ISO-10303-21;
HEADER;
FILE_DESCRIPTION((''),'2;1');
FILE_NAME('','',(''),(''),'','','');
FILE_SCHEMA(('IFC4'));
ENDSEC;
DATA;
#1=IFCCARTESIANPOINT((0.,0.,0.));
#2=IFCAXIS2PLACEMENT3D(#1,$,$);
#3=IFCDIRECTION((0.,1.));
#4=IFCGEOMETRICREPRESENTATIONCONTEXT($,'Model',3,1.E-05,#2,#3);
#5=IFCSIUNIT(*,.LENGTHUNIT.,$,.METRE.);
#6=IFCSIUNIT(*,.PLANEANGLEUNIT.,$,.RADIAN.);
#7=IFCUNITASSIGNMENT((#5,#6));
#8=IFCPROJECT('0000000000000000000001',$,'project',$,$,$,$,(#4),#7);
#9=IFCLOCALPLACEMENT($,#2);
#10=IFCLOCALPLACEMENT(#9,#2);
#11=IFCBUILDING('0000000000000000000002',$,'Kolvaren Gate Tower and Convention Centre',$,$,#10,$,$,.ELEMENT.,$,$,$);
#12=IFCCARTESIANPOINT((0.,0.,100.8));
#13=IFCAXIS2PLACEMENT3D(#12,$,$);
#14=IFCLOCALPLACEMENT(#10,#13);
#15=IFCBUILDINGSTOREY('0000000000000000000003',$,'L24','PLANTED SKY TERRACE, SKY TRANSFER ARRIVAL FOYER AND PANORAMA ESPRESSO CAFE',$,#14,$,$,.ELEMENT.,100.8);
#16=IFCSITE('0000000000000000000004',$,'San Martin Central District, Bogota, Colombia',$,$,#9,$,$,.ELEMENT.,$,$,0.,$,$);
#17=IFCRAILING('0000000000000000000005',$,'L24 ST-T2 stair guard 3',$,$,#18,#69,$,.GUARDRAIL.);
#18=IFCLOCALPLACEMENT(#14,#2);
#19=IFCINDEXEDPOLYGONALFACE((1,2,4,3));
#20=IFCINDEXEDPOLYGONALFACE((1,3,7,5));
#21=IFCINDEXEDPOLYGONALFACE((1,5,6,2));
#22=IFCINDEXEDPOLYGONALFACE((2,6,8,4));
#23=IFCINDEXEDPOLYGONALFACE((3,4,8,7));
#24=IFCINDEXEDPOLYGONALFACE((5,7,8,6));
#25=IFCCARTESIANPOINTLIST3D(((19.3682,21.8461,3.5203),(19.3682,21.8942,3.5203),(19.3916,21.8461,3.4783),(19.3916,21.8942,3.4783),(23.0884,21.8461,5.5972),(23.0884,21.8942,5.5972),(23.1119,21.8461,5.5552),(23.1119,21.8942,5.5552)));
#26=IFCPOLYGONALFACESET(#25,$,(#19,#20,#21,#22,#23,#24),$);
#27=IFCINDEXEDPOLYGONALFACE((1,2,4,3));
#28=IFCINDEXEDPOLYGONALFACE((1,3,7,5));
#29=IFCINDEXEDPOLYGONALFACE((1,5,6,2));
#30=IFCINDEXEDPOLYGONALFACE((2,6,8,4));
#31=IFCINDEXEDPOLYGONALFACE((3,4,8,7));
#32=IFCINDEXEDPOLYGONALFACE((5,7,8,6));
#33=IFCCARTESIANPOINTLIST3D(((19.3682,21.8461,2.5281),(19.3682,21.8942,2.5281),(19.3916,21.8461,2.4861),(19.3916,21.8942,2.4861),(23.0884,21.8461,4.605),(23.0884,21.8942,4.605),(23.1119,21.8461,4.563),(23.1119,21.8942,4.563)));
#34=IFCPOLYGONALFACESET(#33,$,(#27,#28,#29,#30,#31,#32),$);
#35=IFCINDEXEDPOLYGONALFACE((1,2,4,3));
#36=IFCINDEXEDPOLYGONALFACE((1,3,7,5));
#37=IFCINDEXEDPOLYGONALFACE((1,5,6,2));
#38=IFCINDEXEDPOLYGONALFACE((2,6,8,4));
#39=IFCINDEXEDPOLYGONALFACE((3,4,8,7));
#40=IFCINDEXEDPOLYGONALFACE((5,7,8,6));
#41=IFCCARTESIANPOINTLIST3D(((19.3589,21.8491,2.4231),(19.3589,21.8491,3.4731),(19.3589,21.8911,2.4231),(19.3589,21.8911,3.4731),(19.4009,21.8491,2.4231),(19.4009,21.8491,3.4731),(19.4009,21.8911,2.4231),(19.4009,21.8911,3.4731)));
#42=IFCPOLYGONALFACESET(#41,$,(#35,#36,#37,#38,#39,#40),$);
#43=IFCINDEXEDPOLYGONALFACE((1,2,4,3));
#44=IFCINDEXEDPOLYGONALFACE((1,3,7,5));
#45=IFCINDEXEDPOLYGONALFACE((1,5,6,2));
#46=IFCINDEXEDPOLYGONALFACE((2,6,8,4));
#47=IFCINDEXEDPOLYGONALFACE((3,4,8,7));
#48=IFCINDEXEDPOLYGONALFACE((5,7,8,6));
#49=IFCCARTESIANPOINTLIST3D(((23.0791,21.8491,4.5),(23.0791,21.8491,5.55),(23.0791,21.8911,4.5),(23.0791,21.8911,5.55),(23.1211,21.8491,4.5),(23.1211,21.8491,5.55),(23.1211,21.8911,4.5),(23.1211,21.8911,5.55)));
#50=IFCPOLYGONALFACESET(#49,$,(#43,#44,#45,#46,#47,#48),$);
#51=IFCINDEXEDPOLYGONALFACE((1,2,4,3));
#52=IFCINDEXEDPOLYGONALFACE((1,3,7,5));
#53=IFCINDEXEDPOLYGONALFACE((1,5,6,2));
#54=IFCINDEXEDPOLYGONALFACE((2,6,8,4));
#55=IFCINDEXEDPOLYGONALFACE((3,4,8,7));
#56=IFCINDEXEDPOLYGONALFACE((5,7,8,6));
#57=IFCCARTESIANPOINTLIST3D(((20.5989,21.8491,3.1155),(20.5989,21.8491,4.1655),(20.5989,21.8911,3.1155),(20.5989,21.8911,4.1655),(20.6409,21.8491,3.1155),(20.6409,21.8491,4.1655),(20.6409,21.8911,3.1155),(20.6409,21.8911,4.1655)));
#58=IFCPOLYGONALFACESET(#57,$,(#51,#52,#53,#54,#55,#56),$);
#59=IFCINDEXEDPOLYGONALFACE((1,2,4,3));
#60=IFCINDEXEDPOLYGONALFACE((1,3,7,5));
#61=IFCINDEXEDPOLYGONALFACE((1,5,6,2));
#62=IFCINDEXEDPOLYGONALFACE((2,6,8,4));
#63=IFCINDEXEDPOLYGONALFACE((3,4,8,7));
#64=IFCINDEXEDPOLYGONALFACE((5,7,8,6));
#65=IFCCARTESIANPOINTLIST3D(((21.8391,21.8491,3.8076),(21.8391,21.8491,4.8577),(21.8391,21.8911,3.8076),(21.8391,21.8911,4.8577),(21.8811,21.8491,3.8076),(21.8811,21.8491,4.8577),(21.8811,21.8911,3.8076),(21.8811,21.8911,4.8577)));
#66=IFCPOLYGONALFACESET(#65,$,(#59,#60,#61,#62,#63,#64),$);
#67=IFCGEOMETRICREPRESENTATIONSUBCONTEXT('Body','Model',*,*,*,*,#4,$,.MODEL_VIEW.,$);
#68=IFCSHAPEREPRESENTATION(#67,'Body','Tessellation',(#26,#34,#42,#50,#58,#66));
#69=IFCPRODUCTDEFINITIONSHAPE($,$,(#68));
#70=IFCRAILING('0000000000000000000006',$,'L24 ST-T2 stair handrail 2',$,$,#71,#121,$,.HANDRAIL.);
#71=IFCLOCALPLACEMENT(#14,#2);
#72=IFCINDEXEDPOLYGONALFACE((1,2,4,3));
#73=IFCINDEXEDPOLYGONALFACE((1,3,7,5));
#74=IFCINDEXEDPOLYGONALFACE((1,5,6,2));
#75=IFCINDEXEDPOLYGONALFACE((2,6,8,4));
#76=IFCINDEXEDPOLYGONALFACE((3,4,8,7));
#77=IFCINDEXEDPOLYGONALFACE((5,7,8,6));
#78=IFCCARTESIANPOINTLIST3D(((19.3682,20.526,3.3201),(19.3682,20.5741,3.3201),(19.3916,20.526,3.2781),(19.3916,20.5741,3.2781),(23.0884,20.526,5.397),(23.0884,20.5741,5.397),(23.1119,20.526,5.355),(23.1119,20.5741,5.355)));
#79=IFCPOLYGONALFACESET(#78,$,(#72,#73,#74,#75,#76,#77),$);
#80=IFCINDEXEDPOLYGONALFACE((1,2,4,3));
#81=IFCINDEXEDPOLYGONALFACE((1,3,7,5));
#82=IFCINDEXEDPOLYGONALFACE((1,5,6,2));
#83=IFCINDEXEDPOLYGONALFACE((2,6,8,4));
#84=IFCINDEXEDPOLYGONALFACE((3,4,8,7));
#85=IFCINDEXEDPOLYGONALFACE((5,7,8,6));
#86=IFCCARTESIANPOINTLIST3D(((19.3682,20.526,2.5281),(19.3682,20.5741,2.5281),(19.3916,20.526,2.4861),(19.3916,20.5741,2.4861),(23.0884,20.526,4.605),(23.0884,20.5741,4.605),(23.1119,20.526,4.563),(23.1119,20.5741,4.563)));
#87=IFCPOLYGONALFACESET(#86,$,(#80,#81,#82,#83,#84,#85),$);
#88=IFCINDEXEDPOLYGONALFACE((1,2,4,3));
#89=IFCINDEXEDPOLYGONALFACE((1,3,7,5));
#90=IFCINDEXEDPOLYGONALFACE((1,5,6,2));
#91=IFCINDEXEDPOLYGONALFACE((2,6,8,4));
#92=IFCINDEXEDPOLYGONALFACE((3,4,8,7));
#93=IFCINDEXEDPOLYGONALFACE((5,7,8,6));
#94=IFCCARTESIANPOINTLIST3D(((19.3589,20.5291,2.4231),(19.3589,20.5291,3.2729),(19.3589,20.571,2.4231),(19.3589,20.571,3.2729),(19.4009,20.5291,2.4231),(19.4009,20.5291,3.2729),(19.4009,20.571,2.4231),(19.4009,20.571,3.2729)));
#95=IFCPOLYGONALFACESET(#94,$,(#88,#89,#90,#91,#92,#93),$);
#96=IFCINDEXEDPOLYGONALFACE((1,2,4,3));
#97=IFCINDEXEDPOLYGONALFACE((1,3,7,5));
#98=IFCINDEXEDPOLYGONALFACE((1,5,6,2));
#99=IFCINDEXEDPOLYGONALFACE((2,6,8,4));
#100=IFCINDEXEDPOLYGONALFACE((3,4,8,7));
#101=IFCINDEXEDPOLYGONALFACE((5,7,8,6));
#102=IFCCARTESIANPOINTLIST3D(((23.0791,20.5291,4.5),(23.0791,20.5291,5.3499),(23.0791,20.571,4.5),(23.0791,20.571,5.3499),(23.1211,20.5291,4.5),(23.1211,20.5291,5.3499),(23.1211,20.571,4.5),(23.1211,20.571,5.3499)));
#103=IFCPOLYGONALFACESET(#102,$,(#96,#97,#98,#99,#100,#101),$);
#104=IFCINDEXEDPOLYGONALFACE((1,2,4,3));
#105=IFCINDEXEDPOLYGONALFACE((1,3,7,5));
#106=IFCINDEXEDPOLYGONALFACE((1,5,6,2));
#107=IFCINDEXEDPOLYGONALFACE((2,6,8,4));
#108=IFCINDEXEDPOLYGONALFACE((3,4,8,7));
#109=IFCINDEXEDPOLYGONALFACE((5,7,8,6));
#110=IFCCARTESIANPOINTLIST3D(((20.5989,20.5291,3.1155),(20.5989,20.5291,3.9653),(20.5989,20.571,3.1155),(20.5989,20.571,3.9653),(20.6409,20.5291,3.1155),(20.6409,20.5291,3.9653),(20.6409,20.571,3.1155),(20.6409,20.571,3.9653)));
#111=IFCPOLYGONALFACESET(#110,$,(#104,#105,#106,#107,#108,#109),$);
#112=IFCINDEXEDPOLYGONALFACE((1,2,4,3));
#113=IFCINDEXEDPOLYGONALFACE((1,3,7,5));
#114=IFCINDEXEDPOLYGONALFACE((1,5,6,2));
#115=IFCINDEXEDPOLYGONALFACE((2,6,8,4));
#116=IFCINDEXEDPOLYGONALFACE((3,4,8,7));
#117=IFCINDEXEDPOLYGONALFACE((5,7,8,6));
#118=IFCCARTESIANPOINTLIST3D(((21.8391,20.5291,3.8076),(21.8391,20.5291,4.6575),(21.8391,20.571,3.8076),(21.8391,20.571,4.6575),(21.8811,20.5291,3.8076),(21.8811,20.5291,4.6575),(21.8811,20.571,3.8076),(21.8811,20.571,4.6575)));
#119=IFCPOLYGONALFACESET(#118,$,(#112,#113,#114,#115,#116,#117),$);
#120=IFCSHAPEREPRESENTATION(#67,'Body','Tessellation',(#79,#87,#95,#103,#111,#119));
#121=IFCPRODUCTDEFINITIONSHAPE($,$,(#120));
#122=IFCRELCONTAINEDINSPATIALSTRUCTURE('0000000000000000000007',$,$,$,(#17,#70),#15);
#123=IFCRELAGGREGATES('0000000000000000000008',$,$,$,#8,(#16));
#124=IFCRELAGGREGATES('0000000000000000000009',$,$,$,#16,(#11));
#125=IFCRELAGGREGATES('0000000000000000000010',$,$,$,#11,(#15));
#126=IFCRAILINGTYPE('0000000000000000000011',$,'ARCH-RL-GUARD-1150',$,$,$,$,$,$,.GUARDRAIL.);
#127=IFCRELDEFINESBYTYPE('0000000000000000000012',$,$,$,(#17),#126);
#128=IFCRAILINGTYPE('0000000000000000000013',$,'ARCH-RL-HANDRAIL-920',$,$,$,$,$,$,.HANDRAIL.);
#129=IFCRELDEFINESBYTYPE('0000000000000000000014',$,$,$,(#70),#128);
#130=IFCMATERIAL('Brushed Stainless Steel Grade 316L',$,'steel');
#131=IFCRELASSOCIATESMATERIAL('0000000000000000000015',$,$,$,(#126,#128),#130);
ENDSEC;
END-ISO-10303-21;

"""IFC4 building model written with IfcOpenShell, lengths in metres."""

from ifc_helpers import new_model, si_unit, direction, frame, origin, origin_2d, place, context, subcontext, project, spatial, rectangle, extrude, material, type_object, element, save


model = new_model("IFC4")

# Units and contexts
model_context = context("Model", 3, precision=1e-05, world=origin(), true_north=direction((0.0, 1.0)))
body_context = subcontext(model_context, "Body", "Model", "MODEL_VIEW")
ifc_project = project(units=[si_unit("LENGTHUNIT", "METRE"), si_unit("PLANEANGLEUNIT", "RADIAN")], contexts=[model_context])

# Site, building, storey
site_placement = place(None, origin())
site = spatial("IfcSite", under=ifc_project, at=site_placement, Name="San Martin Central District, Bogota, Colombia", CompositionType="ELEMENT", RefElevation=0.0)
building_placement = place(site_placement, origin())
building = spatial("IfcBuilding", under=site, at=building_placement, Name="Kolvaren Gate Tower and Convention Centre", CompositionType="ELEMENT")
storey_placement = place(building_placement, frame((0.0, 0.0, 100.8)))
storey = spatial("IfcBuildingStorey", under=building, at=storey_placement, Name="L24", Description="PLANTED SKY TERRACE, SKY TRANSFER ARRIVAL FOYER AND PANORAMA ESPRESSO CAFE", CompositionType="ELEMENT", Elevation=100.8)

# Railings
ifc_material_1 = material(Name="Brushed Stainless Steel Grade 316L", Category="steel")
railing_type_1 = type_object("IfcRailingType", Name="ARCH-RL-GUARD-1150", PredefinedType="GUARDRAIL", material=ifc_material_1)
railing_1_placement = place(storey_placement, frame((19.3799, 21.8701, 2.4231)))
element("IfcRailing", 1, at=railing_1_placement, inside=storey, type_object=railing_type_1, Name="L24 ST-T2 stair guard 3", PredefinedType="GUARDRAIL", context=body_context, shape_type="SweptSolid", body=[
    extrude(rectangle(XDim=0.0481, YDim=0.0481, at=origin_2d()), frame((0.0, 0.0, 1.0762), z_axis=(0.873147, 0.0, 0.487457), x_axis=(0.0, 1.0, 0.0)), (0.0, 0.0, 1.0), 4.2607),
    extrude(rectangle(XDim=0.0481, YDim=0.0481, at=origin_2d()), frame((0.0, 0.0, 0.084), z_axis=(0.873147, 0.0, 0.487457), x_axis=(0.0, 1.0, 0.0)), (0.0, 0.0, 1.0), 4.2607),
    extrude(rectangle(XDim=0.042, YDim=0.042, at=origin_2d()), origin(), (0.0, 0.0, 1.0), 1.05),
    extrude(rectangle(XDim=0.042, YDim=0.042, at=origin_2d()), frame((3.7202, 0.0, 2.0769)), (0.0, 0.0, 1.0), 1.05),
    extrude(rectangle(XDim=0.042, YDim=0.042, at=origin_2d()), frame((1.24, 0.0, 0.6924)), (0.0, 0.0, 1.0), 1.05),
    extrude(rectangle(XDim=0.042, YDim=0.042, at=origin_2d()), frame((2.4802, 0.0, 1.3845)), (0.0, 0.0, 1.0), 1.05),
])
railing_type_2 = type_object("IfcRailingType", Name="ARCH-RL-HANDRAIL-920", PredefinedType="HANDRAIL", material=ifc_material_1)
railing_2_placement = place(storey_placement, frame((19.3799, 20.55, 2.4231)))
element("IfcRailing", 2, at=railing_2_placement, inside=storey, type_object=railing_type_2, Name="L24 ST-T2 stair handrail 2", PredefinedType="HANDRAIL", context=body_context, shape_type="SweptSolid", body=[
    extrude(rectangle(XDim=0.0481, YDim=0.0481, at=origin_2d()), frame((0.0, 0.0, 0.876), z_axis=(0.873147, 0.0, 0.487457), x_axis=(0.0, 1.0, 0.0)), (0.0, 0.0, 1.0), 4.2607),
    extrude(rectangle(XDim=0.0481, YDim=0.0481, at=origin_2d()), frame((0.0, 0.0, 0.084), z_axis=(0.873147, 0.0, 0.487457), x_axis=(0.0, 1.0, 0.0)), (0.0, 0.0, 1.0), 4.2607),
    extrude(rectangle(XDim=0.042, YDim=0.042, at=origin_2d()), origin(), (0.0, 0.0, 1.0), 0.8499),
    extrude(rectangle(XDim=0.042, YDim=0.042, at=origin_2d()), frame((3.7202, 0.0, 2.0769)), (0.0, 0.0, 1.0), 0.8499),
    extrude(rectangle(XDim=0.042, YDim=0.042, at=origin_2d()), frame((1.24, 0.0, 0.6924)), (0.0, 0.0, 1.0), 0.8499),
    extrude(rectangle(XDim=0.042, YDim=0.042, at=origin_2d()), frame((2.4802, 0.0, 1.3845)), (0.0, 0.0, 1.0), 0.8499),
])

save(model, "model.ifc")
